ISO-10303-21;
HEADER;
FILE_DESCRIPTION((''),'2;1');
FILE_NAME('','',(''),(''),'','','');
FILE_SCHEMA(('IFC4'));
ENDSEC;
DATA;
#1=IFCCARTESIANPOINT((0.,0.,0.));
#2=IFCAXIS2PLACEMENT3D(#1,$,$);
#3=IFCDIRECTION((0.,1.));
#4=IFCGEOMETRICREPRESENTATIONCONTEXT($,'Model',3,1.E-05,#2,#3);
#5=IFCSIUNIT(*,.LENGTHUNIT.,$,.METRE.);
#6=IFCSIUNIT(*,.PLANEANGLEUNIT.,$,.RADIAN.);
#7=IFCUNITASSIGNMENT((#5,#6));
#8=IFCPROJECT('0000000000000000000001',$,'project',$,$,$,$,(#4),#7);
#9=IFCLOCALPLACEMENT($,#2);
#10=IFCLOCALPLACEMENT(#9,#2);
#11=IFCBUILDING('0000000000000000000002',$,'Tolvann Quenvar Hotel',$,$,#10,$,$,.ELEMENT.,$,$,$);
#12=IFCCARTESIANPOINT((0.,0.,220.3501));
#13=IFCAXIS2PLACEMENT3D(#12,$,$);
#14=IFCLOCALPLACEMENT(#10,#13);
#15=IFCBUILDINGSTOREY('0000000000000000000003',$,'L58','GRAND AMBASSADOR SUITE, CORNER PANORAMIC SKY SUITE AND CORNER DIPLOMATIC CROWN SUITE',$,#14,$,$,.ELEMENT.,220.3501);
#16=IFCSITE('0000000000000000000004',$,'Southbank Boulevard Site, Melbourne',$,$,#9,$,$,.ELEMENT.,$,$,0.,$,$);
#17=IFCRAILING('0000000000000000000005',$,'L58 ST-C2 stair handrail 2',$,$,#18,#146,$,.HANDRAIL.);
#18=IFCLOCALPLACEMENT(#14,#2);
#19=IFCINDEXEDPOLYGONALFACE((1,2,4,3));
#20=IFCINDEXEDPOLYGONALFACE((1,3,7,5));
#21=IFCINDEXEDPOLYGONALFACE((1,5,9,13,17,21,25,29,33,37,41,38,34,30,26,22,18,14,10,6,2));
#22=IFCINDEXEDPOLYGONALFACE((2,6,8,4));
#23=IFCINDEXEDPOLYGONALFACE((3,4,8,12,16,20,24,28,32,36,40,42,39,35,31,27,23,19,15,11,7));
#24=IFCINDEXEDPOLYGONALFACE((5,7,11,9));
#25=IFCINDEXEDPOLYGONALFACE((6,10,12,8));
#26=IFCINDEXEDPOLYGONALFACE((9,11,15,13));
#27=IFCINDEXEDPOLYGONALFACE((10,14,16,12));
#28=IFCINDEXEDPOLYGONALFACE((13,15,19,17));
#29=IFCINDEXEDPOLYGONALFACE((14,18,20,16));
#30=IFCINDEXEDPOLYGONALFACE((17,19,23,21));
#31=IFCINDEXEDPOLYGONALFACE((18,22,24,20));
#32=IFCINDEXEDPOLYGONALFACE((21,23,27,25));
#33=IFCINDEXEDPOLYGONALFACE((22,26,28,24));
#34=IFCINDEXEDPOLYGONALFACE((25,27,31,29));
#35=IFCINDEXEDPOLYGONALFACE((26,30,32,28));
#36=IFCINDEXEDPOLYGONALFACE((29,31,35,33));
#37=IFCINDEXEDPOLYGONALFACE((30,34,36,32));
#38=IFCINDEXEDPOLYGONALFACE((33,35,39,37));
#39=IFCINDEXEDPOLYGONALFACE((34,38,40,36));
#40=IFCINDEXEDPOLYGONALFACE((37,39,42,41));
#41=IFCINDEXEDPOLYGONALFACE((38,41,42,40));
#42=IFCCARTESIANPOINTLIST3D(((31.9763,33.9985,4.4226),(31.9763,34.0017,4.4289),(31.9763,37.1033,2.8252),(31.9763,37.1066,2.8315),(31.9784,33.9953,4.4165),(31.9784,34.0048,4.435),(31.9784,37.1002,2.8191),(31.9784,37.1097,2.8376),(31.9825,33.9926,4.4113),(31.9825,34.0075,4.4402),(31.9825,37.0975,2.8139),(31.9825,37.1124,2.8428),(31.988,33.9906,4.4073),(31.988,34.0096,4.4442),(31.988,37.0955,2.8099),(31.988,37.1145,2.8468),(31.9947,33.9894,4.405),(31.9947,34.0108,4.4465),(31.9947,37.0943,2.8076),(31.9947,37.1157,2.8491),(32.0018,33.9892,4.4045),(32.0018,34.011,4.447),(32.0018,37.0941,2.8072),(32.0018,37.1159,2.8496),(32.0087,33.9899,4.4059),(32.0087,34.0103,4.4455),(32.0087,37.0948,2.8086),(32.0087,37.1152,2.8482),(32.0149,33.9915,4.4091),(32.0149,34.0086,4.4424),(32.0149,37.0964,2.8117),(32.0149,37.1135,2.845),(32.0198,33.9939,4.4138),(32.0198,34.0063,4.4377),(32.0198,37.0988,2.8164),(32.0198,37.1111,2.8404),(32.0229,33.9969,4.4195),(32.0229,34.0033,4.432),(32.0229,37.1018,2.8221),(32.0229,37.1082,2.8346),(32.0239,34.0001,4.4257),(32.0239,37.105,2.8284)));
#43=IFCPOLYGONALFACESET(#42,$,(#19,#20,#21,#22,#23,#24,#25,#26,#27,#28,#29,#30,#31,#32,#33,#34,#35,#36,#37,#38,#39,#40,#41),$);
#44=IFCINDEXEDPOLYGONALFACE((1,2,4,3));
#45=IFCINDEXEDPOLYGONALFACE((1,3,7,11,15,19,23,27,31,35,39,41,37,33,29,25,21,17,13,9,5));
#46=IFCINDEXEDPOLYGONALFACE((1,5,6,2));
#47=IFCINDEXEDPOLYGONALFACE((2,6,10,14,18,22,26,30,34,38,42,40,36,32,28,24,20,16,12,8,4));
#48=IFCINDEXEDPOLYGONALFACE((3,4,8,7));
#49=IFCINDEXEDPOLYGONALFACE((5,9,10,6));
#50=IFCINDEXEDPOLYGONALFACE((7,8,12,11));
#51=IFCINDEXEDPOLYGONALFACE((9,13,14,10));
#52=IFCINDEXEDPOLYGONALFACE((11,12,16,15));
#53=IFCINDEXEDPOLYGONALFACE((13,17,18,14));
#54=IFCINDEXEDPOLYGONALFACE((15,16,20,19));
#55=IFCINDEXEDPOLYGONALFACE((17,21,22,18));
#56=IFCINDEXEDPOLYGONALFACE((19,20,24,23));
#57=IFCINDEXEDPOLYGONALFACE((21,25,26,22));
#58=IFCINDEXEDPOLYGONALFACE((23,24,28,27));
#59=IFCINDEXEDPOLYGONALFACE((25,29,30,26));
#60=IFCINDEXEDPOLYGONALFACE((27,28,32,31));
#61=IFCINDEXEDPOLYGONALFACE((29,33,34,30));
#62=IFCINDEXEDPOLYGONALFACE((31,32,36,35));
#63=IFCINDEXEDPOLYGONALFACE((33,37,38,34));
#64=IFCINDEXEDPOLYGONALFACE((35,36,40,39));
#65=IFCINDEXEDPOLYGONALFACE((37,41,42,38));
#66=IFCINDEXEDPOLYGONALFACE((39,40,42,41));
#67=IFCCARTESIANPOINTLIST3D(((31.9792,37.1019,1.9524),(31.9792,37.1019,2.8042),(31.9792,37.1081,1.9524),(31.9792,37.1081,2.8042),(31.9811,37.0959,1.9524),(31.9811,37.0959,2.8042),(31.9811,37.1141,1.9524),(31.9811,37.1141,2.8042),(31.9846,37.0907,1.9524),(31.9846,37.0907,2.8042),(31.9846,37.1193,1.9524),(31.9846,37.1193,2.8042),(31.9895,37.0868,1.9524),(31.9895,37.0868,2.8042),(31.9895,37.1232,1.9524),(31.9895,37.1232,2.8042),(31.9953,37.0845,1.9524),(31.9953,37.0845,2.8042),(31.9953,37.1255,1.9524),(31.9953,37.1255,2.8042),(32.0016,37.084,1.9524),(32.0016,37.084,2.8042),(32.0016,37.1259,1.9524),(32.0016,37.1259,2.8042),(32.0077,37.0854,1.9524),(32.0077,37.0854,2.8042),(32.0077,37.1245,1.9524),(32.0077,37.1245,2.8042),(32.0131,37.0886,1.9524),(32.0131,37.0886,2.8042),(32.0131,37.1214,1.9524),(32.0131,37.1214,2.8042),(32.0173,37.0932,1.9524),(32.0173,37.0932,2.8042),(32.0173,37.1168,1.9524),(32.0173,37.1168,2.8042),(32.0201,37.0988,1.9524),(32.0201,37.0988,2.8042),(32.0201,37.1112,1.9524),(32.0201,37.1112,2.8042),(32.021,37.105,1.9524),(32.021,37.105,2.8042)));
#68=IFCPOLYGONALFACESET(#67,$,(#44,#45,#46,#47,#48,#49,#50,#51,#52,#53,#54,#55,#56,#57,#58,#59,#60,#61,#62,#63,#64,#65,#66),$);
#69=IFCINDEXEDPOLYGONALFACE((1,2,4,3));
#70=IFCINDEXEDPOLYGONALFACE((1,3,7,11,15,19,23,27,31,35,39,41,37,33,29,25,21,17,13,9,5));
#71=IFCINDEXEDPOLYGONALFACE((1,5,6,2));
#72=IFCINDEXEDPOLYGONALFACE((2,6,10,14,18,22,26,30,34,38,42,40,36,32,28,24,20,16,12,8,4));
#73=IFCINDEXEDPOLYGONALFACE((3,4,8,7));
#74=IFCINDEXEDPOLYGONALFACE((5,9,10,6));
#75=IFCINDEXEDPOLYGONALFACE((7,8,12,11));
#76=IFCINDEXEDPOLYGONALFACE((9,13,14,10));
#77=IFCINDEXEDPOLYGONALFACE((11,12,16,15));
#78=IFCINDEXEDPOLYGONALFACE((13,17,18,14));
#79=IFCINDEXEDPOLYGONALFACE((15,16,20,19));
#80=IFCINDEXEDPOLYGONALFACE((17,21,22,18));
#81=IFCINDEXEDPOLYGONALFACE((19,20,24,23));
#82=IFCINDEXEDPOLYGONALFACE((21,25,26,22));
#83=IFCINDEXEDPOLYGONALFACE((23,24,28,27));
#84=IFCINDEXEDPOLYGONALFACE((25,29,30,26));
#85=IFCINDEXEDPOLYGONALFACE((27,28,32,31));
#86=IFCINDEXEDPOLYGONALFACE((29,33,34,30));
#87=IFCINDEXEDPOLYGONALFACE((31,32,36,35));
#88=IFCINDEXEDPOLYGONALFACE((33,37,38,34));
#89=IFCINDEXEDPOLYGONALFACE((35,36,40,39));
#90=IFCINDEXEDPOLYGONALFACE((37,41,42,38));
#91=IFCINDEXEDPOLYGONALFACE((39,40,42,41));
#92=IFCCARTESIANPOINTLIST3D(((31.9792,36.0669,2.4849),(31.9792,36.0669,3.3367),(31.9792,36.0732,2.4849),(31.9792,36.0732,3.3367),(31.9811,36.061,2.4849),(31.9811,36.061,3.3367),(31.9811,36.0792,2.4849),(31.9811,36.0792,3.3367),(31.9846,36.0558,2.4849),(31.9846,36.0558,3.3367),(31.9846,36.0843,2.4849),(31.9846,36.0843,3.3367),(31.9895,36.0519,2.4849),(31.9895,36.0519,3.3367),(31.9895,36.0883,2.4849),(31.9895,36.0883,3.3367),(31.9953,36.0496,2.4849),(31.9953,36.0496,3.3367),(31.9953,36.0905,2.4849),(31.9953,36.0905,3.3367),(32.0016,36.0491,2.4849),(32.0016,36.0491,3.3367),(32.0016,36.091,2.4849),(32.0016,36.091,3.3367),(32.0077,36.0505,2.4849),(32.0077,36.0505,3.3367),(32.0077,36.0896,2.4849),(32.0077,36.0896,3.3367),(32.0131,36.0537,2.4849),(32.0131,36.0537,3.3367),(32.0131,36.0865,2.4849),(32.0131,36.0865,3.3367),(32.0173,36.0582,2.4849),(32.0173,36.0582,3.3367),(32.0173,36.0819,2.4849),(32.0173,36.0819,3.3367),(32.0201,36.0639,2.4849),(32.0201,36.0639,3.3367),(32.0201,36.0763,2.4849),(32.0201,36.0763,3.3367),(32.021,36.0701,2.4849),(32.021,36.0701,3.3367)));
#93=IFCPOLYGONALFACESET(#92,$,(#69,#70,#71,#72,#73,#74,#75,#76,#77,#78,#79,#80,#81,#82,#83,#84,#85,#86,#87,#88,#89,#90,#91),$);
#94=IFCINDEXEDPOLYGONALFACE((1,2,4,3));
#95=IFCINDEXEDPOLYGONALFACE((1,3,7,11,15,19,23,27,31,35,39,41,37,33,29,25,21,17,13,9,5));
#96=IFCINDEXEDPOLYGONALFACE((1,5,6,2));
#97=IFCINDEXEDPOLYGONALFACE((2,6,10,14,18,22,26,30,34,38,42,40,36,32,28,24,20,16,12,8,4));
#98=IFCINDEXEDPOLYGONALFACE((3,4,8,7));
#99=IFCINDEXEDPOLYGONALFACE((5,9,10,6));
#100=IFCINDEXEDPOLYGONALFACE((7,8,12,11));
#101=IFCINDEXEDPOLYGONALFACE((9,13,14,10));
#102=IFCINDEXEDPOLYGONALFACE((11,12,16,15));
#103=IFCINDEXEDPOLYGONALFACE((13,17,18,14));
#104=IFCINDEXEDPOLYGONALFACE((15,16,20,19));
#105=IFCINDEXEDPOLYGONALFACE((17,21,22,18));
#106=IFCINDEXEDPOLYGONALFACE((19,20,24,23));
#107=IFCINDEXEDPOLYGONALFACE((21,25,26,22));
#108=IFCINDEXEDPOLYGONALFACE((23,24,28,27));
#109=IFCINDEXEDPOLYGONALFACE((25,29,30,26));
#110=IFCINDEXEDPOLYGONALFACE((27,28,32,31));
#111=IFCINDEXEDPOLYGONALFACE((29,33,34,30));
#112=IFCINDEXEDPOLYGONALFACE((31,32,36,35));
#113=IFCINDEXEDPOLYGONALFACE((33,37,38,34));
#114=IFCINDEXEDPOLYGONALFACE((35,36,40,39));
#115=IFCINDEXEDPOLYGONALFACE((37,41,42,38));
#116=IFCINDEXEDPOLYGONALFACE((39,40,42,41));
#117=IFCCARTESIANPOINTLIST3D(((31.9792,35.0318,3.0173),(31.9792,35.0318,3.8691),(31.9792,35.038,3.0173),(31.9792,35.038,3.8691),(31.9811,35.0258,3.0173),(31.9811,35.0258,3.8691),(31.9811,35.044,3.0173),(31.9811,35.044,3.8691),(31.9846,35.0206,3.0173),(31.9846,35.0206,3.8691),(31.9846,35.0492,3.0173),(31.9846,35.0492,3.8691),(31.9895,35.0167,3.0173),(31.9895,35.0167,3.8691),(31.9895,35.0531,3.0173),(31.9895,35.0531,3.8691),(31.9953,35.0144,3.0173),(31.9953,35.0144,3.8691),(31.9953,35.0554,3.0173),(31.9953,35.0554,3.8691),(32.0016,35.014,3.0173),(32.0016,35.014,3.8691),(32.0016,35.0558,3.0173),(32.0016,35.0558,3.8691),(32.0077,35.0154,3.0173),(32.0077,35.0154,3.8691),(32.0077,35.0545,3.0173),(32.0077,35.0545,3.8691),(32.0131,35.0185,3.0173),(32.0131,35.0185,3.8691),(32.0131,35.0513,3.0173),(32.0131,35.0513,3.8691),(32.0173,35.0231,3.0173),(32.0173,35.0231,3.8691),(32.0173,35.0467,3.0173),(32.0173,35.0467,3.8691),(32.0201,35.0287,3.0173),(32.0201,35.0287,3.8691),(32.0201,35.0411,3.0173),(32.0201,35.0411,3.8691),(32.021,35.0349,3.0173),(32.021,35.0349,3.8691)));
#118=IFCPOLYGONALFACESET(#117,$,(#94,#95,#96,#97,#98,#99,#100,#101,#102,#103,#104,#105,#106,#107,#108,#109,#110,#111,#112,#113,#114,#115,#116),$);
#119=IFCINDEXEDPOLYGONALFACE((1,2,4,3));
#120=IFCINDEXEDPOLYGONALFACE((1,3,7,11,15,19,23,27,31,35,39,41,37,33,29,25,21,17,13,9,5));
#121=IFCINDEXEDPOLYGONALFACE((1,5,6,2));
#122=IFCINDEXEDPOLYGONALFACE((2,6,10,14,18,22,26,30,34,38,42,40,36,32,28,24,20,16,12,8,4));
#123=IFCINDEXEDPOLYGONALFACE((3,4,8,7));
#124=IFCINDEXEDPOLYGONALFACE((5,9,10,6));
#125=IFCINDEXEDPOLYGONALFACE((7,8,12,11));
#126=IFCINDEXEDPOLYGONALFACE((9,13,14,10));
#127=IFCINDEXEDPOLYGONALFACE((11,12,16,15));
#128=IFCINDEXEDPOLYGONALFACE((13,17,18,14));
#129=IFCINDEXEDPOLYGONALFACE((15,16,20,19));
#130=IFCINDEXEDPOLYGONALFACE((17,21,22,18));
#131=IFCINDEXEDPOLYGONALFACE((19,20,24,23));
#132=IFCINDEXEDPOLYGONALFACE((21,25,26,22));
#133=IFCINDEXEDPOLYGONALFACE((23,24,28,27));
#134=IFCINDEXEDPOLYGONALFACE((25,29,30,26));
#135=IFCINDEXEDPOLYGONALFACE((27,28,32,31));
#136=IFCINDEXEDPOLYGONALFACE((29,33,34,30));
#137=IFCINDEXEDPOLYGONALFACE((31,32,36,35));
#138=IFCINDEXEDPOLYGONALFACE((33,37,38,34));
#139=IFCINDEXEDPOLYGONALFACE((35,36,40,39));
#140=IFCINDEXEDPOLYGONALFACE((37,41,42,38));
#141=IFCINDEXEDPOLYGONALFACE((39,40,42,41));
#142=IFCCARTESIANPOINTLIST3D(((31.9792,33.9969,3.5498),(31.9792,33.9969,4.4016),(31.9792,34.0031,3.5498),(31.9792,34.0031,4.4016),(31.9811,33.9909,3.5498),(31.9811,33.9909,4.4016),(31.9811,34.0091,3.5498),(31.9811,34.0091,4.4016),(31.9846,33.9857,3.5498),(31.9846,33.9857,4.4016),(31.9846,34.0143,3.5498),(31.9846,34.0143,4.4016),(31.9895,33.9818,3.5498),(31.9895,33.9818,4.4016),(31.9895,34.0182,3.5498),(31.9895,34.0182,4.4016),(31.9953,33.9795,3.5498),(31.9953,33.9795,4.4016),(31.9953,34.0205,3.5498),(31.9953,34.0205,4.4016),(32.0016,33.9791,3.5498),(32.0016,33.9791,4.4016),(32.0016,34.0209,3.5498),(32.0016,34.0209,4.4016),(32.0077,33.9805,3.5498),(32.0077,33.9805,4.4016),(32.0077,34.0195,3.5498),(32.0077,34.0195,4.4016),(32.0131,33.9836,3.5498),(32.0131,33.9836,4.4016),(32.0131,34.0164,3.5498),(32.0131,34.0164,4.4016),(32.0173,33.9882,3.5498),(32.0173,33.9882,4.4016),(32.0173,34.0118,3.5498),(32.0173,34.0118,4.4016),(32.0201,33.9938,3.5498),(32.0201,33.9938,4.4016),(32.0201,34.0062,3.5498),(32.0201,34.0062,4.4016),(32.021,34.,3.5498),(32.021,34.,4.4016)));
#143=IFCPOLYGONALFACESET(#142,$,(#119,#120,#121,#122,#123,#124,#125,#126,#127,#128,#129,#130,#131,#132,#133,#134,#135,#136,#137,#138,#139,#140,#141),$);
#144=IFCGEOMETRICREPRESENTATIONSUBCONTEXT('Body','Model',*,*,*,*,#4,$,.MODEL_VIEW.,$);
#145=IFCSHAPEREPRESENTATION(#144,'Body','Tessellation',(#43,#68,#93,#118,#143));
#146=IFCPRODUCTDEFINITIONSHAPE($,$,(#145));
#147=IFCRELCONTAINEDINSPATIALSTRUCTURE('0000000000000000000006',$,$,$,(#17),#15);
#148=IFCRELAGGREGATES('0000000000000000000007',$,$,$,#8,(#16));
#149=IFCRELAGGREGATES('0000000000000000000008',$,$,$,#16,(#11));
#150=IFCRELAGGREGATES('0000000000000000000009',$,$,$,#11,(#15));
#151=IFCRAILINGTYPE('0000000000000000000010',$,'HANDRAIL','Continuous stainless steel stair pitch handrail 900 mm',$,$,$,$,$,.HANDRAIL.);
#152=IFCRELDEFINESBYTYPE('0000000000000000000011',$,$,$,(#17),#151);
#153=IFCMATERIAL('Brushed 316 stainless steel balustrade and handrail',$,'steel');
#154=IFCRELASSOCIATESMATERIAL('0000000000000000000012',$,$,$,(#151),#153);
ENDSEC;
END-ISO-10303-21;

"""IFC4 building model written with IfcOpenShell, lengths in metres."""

from ifc_helpers import new_model, si_unit, direction, frame, origin, origin_2d, place, context, subcontext, project, spatial, circle, extrude, material, type_object, element, save


model = new_model("IFC4")

# Units and contexts
model_context = context("Model", 3, precision=1e-05, world=origin(), true_north=direction((0.0, 1.0)))
body_context = subcontext(model_context, "Body", "Model", "MODEL_VIEW")
ifc_project = project(units=[si_unit("LENGTHUNIT", "METRE"), si_unit("PLANEANGLEUNIT", "RADIAN")], contexts=[model_context])

# Site, building, storey
site_placement = place(None, origin())
site = spatial("IfcSite", under=ifc_project, at=site_placement, Name="Southbank Boulevard Site, Melbourne", CompositionType="ELEMENT", RefElevation=0.0)
building_placement = place(site_placement, origin())
building = spatial("IfcBuilding", under=site, at=building_placement, Name="Tolvann Quenvar Hotel", CompositionType="ELEMENT")
storey_placement = place(building_placement, frame((0.0, 0.0, 220.3501)))
storey = spatial("IfcBuildingStorey", under=building, at=storey_placement, Name="L58", Description="GRAND AMBASSADOR SUITE, CORNER PANORAMIC SKY SUITE AND CORNER DIPLOMATIC CROWN SUITE", CompositionType="ELEMENT", Elevation=220.3501)

# Railing
ifc_material_1 = material(Name="Brushed 316 stainless steel balustrade and handrail", Category="steel")
railing_type_1 = type_object("IfcRailingType", Name="HANDRAIL", Description="Continuous stainless steel stair pitch handrail 900 mm", PredefinedType="HANDRAIL", material=ifc_material_1)
railing_1_placement = place(storey_placement, frame((32.0, 37.105, 1.9524)))
element("IfcRailing", 1, at=railing_1_placement, inside=storey, type_object=railing_type_1, Name="L58 ST-C2 stair handrail 2", PredefinedType="HANDRAIL", context=body_context, shape_type="SweptSolid", body=[
    extrude(circle(Radius=0.0239, at=origin_2d()), frame((0.0, 0.0, 0.876), z_axis=(0.0, -0.889222, 0.457476), x_axis=(1.0, 0.0, 0.0)), (0.0, 0.0, 1.0), 3.4917),
    extrude(circle(Radius=0.021, at=origin_2d()), origin(), (0.0, 0.0, 1.0), 0.8518),
    extrude(circle(Radius=0.021, at=origin_2d()), frame((0.0, -1.0349, 0.5325)), (0.0, 0.0, 1.0), 0.8518),
    extrude(circle(Radius=0.021, at=origin_2d()), frame((0.0, -2.0701, 1.0649)), (0.0, 0.0, 1.0), 0.8518),
    extrude(circle(Radius=0.021, at=origin_2d()), frame((0.0, -3.105, 1.5974)), (0.0, 0.0, 1.0), 0.8518),
])

save(model, "model.ifc")
